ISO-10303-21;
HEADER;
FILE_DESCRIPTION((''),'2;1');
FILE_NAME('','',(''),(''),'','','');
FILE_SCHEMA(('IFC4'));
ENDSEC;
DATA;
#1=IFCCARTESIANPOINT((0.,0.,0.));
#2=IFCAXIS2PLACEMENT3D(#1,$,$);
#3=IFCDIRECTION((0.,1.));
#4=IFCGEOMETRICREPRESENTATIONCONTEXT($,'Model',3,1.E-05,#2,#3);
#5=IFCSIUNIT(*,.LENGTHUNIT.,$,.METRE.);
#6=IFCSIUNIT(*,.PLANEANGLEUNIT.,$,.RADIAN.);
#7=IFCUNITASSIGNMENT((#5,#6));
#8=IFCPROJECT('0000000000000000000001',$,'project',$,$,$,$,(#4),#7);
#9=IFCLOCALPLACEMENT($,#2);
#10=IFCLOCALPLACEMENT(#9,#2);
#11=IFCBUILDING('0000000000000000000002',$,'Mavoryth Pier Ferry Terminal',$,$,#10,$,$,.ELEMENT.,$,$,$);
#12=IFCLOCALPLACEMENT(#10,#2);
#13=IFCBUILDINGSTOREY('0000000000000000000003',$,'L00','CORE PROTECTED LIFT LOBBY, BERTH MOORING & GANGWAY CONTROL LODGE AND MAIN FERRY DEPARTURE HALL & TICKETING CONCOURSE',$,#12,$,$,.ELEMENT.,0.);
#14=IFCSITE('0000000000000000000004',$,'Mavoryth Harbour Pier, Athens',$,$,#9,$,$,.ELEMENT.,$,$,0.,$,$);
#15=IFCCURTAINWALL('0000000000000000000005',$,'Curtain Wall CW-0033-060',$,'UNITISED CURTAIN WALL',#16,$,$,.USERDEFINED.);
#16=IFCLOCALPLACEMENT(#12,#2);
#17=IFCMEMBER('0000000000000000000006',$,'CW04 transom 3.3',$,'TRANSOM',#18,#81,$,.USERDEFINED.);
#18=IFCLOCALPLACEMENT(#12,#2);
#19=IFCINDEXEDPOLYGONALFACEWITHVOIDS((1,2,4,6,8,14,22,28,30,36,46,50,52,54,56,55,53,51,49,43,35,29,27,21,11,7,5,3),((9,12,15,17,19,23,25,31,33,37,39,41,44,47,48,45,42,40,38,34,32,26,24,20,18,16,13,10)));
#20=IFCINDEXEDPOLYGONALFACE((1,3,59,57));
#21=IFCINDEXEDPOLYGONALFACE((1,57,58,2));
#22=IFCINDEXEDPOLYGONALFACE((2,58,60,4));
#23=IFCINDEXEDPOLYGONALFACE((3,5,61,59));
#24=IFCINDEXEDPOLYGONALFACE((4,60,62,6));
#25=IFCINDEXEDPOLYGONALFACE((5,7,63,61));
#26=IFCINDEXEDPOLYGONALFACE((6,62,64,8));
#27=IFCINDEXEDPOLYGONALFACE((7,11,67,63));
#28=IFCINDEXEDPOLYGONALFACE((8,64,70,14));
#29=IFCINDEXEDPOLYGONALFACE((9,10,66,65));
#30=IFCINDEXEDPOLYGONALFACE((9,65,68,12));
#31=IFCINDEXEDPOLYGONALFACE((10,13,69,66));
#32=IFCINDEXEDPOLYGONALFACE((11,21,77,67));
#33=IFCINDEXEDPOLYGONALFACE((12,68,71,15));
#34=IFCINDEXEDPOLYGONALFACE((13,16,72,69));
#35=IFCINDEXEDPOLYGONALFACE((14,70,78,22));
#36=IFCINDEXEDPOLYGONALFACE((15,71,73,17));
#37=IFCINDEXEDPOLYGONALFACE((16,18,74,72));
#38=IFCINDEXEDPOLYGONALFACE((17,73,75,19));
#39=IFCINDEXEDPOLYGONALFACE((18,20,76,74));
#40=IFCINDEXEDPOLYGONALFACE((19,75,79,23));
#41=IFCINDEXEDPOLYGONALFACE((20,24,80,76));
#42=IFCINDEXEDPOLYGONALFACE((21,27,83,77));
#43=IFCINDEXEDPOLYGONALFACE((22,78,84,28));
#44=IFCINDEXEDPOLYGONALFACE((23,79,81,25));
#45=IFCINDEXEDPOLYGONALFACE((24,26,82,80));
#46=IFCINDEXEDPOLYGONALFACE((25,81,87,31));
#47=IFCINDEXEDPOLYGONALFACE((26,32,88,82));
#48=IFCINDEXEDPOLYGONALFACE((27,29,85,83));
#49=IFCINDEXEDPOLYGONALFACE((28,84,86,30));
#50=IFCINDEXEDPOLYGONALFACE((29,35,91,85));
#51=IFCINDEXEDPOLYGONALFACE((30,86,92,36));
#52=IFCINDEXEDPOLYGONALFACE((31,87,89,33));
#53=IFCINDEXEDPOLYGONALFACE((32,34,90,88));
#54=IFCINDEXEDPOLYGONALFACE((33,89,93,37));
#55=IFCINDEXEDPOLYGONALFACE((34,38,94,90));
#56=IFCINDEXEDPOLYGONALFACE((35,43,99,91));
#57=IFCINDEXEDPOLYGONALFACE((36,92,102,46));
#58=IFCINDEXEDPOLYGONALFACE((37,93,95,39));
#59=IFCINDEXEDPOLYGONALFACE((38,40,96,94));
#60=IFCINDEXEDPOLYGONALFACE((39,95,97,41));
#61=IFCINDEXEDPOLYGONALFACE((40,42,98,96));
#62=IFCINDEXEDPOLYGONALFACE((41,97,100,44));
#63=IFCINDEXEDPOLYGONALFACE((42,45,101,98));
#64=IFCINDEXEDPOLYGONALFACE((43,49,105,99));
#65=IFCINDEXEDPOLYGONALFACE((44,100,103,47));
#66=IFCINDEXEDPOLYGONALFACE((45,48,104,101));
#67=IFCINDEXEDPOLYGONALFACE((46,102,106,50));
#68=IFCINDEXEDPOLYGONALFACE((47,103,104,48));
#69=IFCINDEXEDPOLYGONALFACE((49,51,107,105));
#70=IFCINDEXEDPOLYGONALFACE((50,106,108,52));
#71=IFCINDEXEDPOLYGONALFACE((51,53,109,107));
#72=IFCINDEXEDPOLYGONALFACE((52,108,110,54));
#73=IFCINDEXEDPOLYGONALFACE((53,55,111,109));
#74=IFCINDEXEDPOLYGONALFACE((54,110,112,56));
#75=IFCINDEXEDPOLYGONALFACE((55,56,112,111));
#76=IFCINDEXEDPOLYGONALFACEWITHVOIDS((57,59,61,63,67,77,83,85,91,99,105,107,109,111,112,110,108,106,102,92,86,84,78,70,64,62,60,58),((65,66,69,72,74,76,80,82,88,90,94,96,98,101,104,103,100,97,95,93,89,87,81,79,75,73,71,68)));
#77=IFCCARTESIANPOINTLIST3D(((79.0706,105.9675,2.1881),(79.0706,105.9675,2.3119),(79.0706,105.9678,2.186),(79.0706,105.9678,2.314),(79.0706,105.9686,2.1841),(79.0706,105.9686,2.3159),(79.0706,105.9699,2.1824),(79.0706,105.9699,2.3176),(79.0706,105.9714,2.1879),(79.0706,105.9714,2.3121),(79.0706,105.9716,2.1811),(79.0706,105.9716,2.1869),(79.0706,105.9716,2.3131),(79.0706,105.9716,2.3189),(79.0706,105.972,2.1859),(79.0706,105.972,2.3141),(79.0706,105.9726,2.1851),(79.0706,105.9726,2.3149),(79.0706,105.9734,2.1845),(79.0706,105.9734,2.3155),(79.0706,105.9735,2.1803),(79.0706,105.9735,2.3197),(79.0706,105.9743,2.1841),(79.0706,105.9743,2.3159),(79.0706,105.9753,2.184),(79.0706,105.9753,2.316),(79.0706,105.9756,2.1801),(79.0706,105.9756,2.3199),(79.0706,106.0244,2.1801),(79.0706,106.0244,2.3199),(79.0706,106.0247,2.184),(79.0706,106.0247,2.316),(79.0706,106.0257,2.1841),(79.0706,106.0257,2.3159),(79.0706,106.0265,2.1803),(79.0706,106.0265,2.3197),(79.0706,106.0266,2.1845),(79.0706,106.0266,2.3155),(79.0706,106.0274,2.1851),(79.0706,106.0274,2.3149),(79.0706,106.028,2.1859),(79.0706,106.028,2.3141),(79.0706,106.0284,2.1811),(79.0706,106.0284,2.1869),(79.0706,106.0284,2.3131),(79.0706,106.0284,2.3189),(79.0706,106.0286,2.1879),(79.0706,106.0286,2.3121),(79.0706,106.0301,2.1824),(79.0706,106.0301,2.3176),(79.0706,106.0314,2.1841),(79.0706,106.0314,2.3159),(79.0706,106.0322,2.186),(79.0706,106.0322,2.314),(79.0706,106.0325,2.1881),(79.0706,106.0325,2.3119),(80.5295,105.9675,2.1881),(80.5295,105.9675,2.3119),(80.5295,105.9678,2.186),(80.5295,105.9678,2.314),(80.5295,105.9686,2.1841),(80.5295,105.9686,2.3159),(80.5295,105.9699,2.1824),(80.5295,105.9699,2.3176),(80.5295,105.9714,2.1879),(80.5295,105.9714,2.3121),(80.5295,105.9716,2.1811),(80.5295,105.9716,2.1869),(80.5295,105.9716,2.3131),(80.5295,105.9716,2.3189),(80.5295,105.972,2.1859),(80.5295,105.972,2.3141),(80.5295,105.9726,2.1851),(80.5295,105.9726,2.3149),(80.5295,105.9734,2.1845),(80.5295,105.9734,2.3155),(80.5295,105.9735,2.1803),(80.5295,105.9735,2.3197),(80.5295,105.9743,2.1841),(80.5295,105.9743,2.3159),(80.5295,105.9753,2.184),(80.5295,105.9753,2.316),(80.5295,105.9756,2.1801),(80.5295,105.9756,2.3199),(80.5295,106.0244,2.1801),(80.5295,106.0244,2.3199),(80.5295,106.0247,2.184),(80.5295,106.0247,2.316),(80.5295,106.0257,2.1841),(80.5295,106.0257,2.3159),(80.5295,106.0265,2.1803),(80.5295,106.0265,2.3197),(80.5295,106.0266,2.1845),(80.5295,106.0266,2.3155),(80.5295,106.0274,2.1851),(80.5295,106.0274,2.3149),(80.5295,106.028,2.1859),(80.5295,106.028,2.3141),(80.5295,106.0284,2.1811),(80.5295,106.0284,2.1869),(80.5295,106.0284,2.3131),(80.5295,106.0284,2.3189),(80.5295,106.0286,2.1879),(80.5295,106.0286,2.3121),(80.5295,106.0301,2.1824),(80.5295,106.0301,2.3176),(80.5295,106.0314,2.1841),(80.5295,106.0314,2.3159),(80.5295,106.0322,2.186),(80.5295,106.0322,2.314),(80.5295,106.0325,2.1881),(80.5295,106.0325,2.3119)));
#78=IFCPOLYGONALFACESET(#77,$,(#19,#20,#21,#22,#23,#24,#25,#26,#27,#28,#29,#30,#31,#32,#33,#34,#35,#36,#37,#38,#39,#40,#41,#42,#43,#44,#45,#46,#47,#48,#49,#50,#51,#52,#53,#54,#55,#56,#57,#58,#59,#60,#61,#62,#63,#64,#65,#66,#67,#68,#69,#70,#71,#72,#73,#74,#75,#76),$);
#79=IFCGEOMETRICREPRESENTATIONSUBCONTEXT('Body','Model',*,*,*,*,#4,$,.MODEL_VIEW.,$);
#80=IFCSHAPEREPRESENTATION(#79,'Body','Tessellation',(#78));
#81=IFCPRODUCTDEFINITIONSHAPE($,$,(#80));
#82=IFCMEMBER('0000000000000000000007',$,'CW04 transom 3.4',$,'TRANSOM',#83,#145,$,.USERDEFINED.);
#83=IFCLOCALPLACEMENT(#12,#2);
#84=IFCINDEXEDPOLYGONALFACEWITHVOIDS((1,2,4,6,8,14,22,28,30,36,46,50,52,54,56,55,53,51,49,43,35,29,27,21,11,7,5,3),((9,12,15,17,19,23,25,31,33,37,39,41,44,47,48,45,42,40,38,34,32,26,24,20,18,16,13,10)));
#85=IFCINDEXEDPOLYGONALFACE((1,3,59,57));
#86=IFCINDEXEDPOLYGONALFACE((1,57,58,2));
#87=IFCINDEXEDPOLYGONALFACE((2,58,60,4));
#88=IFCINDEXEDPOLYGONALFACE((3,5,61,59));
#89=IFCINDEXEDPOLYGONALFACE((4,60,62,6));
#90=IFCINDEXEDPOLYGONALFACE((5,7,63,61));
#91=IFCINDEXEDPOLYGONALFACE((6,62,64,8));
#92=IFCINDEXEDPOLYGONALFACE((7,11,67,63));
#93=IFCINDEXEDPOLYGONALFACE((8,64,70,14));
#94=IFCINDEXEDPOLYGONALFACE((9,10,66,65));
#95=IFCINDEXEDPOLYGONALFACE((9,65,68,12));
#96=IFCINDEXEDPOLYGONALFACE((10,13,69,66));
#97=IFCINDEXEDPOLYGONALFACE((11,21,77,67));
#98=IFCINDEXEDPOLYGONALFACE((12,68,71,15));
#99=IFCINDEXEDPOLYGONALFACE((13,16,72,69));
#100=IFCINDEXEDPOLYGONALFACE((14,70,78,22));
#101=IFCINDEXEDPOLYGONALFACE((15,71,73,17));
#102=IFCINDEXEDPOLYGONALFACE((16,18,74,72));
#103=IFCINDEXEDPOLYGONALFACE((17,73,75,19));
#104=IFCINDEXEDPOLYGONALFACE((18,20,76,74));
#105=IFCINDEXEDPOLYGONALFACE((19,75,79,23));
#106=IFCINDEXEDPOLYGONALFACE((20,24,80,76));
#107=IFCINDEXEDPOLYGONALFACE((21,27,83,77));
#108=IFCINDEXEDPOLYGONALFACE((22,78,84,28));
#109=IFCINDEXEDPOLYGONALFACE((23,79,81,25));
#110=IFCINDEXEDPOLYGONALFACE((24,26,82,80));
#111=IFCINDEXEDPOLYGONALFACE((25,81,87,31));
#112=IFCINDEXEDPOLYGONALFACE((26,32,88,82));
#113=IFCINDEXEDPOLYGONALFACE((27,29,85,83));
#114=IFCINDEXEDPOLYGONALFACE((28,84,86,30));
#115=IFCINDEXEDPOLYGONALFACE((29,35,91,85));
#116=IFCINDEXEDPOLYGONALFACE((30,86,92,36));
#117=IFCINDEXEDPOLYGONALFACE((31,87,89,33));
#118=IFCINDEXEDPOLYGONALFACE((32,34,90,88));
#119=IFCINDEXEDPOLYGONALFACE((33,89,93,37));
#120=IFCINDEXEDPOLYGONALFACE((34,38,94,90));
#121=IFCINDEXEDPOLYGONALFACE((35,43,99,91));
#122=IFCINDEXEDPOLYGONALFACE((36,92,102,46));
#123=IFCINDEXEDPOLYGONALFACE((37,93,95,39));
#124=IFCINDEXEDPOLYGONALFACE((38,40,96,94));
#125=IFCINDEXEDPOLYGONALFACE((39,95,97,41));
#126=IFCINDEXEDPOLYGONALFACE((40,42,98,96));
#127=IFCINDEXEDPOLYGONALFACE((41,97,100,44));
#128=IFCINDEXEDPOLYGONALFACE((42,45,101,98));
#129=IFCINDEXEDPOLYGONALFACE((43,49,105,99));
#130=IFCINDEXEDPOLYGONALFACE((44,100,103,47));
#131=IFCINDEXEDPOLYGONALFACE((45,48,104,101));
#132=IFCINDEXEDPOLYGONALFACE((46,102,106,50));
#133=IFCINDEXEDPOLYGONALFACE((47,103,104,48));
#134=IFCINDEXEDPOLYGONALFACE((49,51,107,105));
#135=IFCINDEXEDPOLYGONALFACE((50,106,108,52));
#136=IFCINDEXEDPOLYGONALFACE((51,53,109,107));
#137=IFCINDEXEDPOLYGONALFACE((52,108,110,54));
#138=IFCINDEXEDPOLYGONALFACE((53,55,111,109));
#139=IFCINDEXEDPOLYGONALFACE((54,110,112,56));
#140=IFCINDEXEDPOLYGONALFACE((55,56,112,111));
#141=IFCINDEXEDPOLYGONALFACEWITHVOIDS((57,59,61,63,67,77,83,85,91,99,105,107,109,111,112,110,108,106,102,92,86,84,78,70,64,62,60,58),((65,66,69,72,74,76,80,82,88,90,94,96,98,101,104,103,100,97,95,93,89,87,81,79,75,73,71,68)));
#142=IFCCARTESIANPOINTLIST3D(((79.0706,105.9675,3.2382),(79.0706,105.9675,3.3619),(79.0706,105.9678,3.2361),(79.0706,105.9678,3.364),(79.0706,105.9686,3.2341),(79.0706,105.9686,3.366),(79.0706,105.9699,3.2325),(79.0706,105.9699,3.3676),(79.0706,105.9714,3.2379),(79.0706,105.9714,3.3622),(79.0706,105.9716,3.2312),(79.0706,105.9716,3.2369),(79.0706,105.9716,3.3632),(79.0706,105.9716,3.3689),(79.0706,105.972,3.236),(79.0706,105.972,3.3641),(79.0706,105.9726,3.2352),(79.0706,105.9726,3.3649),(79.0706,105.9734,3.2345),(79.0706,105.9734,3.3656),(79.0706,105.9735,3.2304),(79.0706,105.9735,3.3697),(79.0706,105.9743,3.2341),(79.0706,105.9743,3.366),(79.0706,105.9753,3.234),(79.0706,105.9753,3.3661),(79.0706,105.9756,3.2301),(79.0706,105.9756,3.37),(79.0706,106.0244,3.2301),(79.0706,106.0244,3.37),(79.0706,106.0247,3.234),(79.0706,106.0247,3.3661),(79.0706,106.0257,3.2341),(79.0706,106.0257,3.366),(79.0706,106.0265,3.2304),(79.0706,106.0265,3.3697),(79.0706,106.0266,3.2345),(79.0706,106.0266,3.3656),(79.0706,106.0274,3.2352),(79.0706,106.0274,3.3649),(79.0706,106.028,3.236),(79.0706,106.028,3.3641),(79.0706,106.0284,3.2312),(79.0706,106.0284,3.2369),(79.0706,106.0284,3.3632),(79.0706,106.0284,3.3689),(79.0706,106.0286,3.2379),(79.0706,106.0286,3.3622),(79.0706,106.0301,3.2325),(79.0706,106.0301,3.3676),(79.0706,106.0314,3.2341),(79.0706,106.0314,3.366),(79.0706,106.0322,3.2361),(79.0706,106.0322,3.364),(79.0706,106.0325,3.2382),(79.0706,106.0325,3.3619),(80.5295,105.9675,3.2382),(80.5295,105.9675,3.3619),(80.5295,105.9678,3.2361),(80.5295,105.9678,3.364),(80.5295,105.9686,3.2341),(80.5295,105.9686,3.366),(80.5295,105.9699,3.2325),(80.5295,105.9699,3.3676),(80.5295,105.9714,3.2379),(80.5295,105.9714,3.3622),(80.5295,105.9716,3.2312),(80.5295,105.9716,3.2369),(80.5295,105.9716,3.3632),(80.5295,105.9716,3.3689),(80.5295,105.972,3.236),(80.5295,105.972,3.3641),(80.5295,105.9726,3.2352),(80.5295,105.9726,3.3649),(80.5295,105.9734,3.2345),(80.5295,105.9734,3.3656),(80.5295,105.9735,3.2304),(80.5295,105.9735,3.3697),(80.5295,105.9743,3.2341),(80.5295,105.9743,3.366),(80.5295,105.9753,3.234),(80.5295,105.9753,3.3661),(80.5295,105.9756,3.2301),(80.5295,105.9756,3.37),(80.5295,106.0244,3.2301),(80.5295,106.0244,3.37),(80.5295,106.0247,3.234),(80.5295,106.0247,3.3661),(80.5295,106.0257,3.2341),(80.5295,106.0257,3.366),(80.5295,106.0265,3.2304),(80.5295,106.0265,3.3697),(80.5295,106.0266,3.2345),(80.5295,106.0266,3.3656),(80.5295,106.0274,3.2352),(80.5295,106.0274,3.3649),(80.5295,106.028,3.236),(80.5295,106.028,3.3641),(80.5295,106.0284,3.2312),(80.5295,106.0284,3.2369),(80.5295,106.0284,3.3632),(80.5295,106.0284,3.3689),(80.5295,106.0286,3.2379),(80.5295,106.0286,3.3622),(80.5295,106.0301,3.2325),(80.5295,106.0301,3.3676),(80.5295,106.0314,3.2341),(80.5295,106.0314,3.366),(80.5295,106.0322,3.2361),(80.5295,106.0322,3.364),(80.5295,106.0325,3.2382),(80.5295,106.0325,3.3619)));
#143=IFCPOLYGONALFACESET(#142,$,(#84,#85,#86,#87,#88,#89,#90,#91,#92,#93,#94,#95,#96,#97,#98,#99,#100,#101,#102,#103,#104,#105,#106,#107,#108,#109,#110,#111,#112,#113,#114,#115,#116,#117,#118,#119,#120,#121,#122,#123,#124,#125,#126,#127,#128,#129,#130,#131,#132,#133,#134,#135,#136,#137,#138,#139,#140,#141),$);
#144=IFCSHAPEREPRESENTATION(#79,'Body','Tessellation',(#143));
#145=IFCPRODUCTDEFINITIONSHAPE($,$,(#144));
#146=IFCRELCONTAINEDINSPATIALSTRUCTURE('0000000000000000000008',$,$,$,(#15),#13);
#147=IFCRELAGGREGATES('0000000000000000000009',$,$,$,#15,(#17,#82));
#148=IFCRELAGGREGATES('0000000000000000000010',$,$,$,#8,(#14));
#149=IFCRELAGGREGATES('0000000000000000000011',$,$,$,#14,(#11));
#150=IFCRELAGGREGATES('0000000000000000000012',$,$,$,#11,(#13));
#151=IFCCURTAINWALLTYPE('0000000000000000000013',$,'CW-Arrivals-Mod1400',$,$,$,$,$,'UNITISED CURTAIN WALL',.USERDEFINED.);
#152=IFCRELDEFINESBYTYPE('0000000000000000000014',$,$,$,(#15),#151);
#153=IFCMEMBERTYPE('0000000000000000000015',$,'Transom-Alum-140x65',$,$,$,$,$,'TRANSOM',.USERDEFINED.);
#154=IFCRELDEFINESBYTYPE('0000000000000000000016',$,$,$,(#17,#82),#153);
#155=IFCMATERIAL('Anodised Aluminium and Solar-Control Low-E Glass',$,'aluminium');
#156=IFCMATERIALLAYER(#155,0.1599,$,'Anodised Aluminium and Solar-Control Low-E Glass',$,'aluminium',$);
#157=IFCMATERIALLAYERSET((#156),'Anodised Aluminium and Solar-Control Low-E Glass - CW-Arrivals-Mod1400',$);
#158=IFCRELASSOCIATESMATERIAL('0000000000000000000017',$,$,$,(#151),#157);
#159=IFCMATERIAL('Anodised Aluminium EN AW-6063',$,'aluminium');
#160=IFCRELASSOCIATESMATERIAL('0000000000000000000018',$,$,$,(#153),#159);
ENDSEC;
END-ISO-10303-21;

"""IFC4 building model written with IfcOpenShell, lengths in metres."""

from ifc_helpers import new_model, si_unit, direction, frame, origin, origin_2d, place, context, subcontext, project, spatial, hollow_rectangle, extrude, material, layer, layer_set, material_profile, profile_set, type_object, element, aggregate, save


model = new_model("IFC4")

# Units and contexts
model_context = context("Model", 3, precision=1e-05, world=origin(), true_north=direction((0.0, 1.0)))
body_context = subcontext(model_context, "Body", "Model", "MODEL_VIEW")
ifc_project = project(units=[si_unit("LENGTHUNIT", "METRE"), si_unit("PLANEANGLEUNIT", "RADIAN")], contexts=[model_context])

# Site, building, storey
site_placement = place(None, origin())
site = spatial("IfcSite", under=ifc_project, at=site_placement, Name="Mavoryth Harbour Pier, Athens", CompositionType="ELEMENT", RefElevation=0.0)
building_placement = place(site_placement, origin())
building = spatial("IfcBuilding", under=site, at=building_placement, Name="Mavoryth Pier Ferry Terminal", CompositionType="ELEMENT")
storey_placement = place(building_placement, origin())
storey = spatial("IfcBuildingStorey", under=building, at=storey_placement, Name="L00", Description="CORE PROTECTED LIFT LOBBY, BERTH MOORING & GANGWAY CONTROL LODGE AND MAIN FERRY DEPARTURE HALL & TICKETING CONCOURSE", CompositionType="ELEMENT", Elevation=0.0)

# Curtain wall, members
ifc_material_1 = material(Name="Anodised Aluminium and Solar-Control Low-E Glass", Category="aluminium")
ifc_layer_1 = layer(ifc_material_1, 0.1599, Name="Anodised Aluminium and Solar-Control Low-E Glass", Category="aluminium")
ifc_layer_set_1 = layer_set([ifc_layer_1], Name="Anodised Aluminium and Solar-Control Low-E Glass - CW-Arrivals-Mod1400")
curtain_wall_type = type_object("IfcCurtainWallType", Name="CW-Arrivals-Mod1400", ElementType="UNITISED CURTAIN WALL", PredefinedType="USERDEFINED", material=ifc_layer_set_1)
curtain_wall_placement = place(storey_placement, origin())
curtain_wall = element("IfcCurtainWall", 1, at=curtain_wall_placement, inside=storey, type_object=curtain_wall_type, Name="Curtain Wall CW-0033-060", ObjectType="UNITISED CURTAIN WALL", PredefinedType="USERDEFINED")
ifc_material_2 = material(Name="Anodised Aluminium EN AW-6063", Category="aluminium")
ifc_material_profile_1 = material_profile(ifc_material_2, hollow_rectangle(XDim=0.0649, YDim=0.1399, WallThickness=0.0039, InnerFilletRadius=0.0039, OuterFilletRadius=0.0081, at=origin_2d()), Name="AL-TRAN 140x65x4", Category="aluminium")
ifc_profile_set_1 = profile_set([ifc_material_profile_1], Name="Anodised Aluminium EN AW-6063 - AL-TRAN 140x65x4")
member_type_1 = type_object("IfcMemberType", Name="Transom-Alum-140x65", ElementType="TRANSOM", PredefinedType="USERDEFINED", material=ifc_profile_set_1)
member_1_placement = place(storey_placement, frame((80.5295, 106.0, 2.25), z_axis=(-1.0, 0.0, 0.0), x_axis=(0.0, -1.0, 0.0)))
member_1 = element("IfcMember", 2, at=member_1_placement, type_object=member_type_1, Name="CW04 transom 3.3", ObjectType="TRANSOM", PredefinedType="USERDEFINED", context=body_context, shape_type="SweptSolid", body=[
    extrude(hollow_rectangle(XDim=0.0649, YDim=0.1399, WallThickness=0.0039, InnerFilletRadius=0.0039, OuterFilletRadius=0.0081, at=origin_2d()), origin(), (0.0, 0.0, 1.0), 1.459),
])
member_2_placement = place(storey_placement, frame((80.5295, 106.0, 3.3), z_axis=(-1.0, 0.0, 0.0), x_axis=(0.0, -1.0, 0.0)))
member_2 = element("IfcMember", 3, at=member_2_placement, type_object=member_type_1, Name="CW04 transom 3.4", ObjectType="TRANSOM", PredefinedType="USERDEFINED", context=body_context, shape_type="SweptSolid", body=[
    extrude(hollow_rectangle(XDim=0.0649, YDim=0.1399, WallThickness=0.0039, InnerFilletRadius=0.0039, OuterFilletRadius=0.0081, at=origin_2d()), origin(), (0.0, 0.0, 1.0), 1.459),
])
aggregate(curtain_wall, [member_1, member_2])

save(model, "model.ifc")
